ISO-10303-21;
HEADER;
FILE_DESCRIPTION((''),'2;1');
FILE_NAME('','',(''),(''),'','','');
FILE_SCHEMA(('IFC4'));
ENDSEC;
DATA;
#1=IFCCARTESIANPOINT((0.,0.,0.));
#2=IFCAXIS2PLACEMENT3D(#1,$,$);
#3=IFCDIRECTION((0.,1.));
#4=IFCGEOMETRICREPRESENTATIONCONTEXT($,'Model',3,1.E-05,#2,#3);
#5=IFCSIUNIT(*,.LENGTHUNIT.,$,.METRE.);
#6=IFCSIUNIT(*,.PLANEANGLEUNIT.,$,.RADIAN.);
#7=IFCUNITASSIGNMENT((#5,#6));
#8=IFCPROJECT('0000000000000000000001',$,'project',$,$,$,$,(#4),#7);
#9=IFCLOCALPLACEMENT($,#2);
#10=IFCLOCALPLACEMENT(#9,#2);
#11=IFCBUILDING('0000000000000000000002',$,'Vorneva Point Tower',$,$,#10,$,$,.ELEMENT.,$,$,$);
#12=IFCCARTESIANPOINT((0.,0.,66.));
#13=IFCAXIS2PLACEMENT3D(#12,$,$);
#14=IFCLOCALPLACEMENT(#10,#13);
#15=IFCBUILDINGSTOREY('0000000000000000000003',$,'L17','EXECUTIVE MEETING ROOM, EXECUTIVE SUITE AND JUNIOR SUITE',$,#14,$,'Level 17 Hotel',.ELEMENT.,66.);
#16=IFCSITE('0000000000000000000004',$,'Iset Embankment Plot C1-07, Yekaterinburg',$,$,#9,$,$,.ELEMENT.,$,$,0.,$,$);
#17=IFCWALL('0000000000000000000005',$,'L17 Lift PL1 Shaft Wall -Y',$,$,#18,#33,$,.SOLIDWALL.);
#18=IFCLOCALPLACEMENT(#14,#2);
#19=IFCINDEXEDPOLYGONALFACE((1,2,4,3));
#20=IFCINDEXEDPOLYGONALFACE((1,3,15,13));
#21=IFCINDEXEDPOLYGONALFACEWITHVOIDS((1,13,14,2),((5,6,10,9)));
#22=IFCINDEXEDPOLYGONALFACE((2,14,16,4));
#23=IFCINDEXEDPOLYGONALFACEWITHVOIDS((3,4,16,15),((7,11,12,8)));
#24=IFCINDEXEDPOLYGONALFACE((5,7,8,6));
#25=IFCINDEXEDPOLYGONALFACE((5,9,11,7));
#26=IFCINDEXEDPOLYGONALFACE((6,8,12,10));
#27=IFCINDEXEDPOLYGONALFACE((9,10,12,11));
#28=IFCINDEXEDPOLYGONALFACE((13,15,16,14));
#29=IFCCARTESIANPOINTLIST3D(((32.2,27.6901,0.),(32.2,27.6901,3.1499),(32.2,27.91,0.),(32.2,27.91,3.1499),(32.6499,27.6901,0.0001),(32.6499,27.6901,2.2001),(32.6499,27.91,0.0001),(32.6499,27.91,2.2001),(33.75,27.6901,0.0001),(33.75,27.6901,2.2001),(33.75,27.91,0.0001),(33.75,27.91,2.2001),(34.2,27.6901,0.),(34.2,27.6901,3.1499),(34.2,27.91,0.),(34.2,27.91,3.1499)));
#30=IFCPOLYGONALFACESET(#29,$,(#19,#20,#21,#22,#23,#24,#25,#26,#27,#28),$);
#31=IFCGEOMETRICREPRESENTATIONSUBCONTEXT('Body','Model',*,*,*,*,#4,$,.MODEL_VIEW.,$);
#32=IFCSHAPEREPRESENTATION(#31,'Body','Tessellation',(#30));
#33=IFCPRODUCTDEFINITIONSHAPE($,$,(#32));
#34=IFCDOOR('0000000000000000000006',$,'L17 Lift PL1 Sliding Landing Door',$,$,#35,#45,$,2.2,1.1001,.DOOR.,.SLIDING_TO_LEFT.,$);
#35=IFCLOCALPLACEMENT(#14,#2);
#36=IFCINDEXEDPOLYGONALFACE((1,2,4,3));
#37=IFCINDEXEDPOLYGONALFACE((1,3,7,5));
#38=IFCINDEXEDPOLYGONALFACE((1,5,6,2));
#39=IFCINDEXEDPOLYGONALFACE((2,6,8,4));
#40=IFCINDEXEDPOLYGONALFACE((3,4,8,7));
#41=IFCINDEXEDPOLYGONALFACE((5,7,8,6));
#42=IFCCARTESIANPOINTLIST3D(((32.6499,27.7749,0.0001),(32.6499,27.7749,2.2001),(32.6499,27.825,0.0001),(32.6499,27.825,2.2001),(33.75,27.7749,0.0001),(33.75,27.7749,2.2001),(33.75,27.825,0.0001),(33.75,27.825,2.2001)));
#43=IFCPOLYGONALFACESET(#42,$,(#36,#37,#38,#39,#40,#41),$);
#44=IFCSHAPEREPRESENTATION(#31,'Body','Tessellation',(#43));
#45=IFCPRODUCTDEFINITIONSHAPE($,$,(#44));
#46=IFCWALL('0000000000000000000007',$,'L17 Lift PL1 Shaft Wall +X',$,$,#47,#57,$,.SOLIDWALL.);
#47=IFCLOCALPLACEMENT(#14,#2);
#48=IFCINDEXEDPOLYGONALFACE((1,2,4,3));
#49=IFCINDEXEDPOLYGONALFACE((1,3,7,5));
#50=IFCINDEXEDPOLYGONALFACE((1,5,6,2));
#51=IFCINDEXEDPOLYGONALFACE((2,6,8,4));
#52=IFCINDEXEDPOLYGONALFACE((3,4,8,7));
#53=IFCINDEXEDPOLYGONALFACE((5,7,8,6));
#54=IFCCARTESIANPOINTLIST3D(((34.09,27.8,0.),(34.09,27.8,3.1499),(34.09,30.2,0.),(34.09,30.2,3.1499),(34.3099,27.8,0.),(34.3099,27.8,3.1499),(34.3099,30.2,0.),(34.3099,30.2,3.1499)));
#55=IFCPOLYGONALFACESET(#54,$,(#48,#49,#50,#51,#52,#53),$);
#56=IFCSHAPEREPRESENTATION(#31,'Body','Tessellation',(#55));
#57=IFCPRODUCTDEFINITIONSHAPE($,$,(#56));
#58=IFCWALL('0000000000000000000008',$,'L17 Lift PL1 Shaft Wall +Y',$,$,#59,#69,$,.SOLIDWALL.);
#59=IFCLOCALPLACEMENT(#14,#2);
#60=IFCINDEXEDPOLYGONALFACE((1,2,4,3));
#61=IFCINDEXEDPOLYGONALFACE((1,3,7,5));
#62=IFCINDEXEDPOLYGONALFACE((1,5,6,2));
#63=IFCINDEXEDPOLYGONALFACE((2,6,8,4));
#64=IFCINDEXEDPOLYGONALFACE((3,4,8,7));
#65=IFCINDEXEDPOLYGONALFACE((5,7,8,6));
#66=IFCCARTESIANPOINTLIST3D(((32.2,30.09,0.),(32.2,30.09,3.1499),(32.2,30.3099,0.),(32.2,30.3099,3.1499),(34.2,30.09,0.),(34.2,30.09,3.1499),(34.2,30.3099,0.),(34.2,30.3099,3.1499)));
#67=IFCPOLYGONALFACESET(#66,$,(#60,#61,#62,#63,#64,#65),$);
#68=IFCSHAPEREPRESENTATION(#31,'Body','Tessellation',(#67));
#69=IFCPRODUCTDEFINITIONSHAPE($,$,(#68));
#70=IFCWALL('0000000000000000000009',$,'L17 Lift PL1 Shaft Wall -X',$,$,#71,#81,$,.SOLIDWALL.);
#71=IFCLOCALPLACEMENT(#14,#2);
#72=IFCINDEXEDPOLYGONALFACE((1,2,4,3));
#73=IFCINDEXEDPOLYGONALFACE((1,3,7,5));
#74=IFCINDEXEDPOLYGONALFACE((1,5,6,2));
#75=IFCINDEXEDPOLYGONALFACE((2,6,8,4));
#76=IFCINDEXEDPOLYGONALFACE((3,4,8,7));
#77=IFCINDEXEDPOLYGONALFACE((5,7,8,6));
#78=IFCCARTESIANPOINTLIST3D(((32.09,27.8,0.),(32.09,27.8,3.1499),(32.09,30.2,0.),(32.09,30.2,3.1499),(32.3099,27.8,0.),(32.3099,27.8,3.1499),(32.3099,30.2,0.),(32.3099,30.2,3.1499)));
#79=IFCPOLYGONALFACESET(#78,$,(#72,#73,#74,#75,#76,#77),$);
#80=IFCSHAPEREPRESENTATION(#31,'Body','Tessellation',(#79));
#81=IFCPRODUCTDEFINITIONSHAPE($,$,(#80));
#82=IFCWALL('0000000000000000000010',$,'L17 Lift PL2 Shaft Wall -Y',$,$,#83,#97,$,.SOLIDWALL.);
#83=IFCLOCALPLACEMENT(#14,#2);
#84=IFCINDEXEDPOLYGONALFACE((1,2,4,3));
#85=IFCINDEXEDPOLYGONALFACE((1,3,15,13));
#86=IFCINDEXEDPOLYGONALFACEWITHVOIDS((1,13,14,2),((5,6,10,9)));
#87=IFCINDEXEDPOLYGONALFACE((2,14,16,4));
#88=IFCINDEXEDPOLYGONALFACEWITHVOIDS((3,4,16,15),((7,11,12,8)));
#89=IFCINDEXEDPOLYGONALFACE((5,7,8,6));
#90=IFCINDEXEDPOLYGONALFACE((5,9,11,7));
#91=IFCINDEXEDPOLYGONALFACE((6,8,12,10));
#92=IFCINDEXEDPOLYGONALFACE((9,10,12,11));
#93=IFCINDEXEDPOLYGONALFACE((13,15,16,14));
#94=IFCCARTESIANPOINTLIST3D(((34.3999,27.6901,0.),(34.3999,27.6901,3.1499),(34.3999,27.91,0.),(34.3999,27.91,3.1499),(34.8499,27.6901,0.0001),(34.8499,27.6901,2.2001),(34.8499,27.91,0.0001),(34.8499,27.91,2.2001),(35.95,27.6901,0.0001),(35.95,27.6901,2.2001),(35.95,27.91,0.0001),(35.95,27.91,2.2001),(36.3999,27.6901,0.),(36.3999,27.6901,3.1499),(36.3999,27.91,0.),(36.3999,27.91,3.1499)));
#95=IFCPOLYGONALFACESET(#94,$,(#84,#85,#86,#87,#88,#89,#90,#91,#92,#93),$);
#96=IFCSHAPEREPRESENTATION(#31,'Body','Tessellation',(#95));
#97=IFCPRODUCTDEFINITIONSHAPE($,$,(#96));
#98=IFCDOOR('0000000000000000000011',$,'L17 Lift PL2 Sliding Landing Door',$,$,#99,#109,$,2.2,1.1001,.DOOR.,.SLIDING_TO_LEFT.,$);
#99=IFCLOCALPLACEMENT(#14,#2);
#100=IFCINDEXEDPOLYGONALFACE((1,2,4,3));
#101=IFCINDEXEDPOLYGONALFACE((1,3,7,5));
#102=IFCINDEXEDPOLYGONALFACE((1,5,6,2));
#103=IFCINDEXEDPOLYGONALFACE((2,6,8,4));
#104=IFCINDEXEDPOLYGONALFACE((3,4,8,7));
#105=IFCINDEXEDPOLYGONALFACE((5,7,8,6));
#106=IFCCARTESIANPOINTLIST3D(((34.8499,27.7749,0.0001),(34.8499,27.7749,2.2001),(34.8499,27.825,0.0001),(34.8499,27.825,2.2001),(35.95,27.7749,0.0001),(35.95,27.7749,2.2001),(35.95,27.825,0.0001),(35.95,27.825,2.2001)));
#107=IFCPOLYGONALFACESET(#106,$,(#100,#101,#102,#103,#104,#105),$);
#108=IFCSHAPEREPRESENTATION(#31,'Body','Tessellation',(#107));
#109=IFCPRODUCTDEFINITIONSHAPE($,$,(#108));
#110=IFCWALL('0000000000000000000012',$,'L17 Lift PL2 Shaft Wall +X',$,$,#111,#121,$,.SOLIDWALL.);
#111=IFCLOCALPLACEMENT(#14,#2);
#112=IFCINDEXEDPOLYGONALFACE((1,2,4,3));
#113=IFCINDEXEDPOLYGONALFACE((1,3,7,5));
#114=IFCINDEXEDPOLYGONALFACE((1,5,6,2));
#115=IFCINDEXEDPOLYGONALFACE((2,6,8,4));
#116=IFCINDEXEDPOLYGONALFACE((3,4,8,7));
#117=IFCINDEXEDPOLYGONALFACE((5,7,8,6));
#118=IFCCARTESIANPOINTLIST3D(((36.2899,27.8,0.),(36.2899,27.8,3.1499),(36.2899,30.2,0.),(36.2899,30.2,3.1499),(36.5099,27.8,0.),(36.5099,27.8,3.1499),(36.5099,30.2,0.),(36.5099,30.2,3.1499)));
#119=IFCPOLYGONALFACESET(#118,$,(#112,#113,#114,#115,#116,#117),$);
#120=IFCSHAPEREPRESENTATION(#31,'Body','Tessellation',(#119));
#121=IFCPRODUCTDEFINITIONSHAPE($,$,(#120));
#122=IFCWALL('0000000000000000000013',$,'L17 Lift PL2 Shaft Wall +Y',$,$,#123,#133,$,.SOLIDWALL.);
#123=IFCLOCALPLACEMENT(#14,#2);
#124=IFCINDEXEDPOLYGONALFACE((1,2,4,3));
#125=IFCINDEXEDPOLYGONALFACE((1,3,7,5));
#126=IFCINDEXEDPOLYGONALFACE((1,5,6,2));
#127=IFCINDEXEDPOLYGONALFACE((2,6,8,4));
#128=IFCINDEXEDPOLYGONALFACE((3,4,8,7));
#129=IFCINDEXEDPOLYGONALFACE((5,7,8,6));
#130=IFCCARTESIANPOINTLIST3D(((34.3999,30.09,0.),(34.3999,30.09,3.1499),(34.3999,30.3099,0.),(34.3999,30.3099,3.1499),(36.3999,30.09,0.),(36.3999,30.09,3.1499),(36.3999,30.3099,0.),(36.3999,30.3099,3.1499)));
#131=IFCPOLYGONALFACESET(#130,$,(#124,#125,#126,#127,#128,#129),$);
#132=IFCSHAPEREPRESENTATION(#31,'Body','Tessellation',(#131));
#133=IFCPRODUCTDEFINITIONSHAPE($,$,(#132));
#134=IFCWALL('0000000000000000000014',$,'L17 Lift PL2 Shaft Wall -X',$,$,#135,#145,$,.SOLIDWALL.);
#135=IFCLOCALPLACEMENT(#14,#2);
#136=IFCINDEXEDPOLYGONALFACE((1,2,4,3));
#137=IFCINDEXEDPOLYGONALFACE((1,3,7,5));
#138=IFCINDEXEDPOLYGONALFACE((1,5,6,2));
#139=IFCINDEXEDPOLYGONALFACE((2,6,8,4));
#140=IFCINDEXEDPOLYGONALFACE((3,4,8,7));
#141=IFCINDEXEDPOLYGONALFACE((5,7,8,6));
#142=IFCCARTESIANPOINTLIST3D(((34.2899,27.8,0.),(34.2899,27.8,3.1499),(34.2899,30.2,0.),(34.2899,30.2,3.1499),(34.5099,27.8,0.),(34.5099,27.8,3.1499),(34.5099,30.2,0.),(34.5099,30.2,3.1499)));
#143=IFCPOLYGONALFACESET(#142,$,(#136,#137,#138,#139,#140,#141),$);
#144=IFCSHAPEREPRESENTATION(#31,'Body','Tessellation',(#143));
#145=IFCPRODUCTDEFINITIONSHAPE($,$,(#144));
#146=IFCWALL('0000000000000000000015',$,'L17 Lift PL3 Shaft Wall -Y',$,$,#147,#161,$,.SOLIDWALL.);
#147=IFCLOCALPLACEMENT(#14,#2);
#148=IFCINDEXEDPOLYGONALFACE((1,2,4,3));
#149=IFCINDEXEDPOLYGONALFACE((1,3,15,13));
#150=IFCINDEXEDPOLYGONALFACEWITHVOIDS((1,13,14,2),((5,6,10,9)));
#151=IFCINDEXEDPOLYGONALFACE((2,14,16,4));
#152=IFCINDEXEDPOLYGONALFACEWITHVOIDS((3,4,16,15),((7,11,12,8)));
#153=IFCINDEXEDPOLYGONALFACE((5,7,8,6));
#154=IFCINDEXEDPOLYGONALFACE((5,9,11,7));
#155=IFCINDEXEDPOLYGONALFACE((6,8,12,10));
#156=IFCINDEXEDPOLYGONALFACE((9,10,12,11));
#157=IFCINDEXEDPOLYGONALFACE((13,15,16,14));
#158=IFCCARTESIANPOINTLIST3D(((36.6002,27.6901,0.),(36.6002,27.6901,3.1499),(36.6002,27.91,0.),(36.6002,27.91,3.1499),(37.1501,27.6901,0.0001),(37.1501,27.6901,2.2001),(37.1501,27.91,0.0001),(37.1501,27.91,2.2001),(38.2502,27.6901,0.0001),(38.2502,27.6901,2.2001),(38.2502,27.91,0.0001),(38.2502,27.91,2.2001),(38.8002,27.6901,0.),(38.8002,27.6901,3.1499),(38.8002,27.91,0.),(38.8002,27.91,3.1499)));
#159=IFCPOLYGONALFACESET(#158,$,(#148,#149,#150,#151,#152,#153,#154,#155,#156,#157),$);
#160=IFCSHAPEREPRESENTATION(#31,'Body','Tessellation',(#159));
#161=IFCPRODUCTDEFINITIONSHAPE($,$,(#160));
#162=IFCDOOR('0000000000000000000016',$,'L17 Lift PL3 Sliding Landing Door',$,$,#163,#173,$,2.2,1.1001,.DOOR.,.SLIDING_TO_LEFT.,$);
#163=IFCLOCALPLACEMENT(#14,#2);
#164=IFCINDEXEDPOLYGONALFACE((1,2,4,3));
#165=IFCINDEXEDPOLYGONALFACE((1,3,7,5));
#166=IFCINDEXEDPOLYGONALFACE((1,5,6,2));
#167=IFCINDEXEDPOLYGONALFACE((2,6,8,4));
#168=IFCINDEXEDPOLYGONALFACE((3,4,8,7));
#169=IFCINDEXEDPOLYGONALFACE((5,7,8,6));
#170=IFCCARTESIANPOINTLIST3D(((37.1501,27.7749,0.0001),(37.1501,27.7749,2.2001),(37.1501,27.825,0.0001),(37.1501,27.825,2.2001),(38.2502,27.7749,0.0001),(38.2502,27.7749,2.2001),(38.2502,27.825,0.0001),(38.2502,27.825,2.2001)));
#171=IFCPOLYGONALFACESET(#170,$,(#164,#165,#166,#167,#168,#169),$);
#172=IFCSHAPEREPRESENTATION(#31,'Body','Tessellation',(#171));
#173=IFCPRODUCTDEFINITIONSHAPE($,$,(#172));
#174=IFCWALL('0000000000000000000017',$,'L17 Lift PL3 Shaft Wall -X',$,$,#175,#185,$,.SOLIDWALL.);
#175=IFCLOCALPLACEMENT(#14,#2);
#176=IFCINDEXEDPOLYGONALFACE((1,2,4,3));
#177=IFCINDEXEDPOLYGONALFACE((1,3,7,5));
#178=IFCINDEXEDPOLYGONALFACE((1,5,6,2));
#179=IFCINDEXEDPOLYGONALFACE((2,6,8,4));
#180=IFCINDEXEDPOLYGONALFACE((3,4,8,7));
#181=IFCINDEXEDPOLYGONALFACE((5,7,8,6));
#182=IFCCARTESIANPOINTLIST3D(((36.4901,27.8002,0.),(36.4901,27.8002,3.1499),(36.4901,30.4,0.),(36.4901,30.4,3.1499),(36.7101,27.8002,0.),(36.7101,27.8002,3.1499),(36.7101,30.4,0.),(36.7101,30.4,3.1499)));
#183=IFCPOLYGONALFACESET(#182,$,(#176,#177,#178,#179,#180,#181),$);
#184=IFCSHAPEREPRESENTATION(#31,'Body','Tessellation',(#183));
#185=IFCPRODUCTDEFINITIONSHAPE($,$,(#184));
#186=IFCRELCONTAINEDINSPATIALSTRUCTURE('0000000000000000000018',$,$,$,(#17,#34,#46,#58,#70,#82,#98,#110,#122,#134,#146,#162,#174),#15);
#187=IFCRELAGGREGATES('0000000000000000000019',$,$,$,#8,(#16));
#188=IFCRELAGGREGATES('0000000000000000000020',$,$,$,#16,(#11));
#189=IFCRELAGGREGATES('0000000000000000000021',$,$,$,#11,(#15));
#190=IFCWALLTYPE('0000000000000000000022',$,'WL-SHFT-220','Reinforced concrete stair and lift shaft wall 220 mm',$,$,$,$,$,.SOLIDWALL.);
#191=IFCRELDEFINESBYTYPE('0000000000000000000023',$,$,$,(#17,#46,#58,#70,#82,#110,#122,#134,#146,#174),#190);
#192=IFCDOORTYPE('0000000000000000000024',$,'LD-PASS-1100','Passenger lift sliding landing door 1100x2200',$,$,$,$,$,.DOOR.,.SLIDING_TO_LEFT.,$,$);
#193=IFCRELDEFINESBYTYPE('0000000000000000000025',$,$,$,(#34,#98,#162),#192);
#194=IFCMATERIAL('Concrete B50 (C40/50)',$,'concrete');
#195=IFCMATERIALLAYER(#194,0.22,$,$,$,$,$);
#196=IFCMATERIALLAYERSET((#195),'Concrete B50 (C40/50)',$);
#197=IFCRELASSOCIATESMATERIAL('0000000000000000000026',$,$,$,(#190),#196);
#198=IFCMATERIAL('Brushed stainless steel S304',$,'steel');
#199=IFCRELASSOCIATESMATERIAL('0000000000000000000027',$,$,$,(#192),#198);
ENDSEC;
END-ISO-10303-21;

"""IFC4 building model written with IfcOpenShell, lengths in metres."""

from ifc_helpers import new_model, si_unit, direction, frame, frame_2d, origin, place, context, subcontext, project, spatial, rectangle, extrude, material, layer, layer_set, type_object, element, fill, save


model = new_model("IFC4")

# Units and contexts
model_context = context("Model", 3, precision=1e-05, world=origin(), true_north=direction((0.0, 1.0)))
body_context = subcontext(model_context, "Body", "Model", "MODEL_VIEW")
ifc_project = project(units=[si_unit("LENGTHUNIT", "METRE"), si_unit("PLANEANGLEUNIT", "RADIAN")], contexts=[model_context])

# Site, building, storey
site_placement = place(None, origin())
site = spatial("IfcSite", under=ifc_project, at=site_placement, Name="Iset Embankment Plot C1-07, Yekaterinburg", CompositionType="ELEMENT", RefElevation=0.0)
building_placement = place(site_placement, origin())
building = spatial("IfcBuilding", under=site, at=building_placement, Name="Vorneva Point Tower", CompositionType="ELEMENT")
storey_placement = place(building_placement, frame((0.0, 0.0, 66.0)))
storey = spatial("IfcBuildingStorey", under=building, at=storey_placement, Name="L17", Description="EXECUTIVE MEETING ROOM, EXECUTIVE SUITE AND JUNIOR SUITE", LongName="Level 17 Hotel", CompositionType="ELEMENT", Elevation=66.0)

# Shared definitions
ifc_material_1 = material(Name="Brushed stainless steel S304", Category="steel")

# Wall, opening, door
ifc_material_2 = material(Name="Concrete B50 (C40/50)", Category="concrete")
ifc_layer_1 = layer(ifc_material_2, 0.22)
ifc_layer_set_1 = layer_set([ifc_layer_1], Name="Concrete B50 (C40/50)")
wall_type_1 = type_object("IfcWallType", Name="WL-SHFT-220", Description="Reinforced concrete stair and lift shaft wall 220 mm", PredefinedType="SOLIDWALL", material=ifc_layer_set_1)
wall_1_placement = place(storey_placement, frame((32.2, 27.8, 0.0), z_axis=(0.0, 0.0, 1.0), x_axis=(1.0, 0.0, 0.0)))
wall_1 = element("IfcWall", 1, at=wall_1_placement, inside=storey, type_object=wall_type_1, Name="L17 Lift PL1 Shaft Wall -Y", PredefinedType="SOLIDWALL", context=body_context, shape_type="SweptSolid", body=[
    extrude(rectangle(XDim=2.0, YDim=0.22, at=frame_2d((1.0, 0.0))), origin(), (0.0, 0.0, 1.0), 3.1499),
])
opening_1_placement = place(wall_1_placement, frame((0.45, 0.0, 0.0)))
opening_1 = element("IfcOpeningElement", 2, at=opening_1_placement, cuts=wall_1, PredefinedType="OPENING", context=body_context, shape_type="SweptSolid", body=[
    extrude(rectangle(XDim=1.1001, YDim=2.2, at=frame_2d((0.55, 1.1001))), frame((0.0, 0.125, 0.0), z_axis=(0.0, -1.0, 0.0), x_axis=(1.0, 0.0, 0.0)), (0.0, 0.0, 1.0), 0.2498),
])
door_type_1 = type_object("IfcDoorType", Name="LD-PASS-1100", Description="Passenger lift sliding landing door 1100x2200", OperationType="SLIDING_TO_LEFT", PredefinedType="DOOR", material=ifc_material_1)
door_1_placement = place(opening_1_placement, origin())
door_1 = element("IfcDoor", 3, at=door_1_placement, inside=storey, type_object=door_type_1, Name="L17 Lift PL1 Sliding Landing Door", OperationType="SLIDING_TO_LEFT", OverallHeight=2.2, OverallWidth=1.1001, PredefinedType="DOOR", context=body_context, shape_type="SweptSolid", body=[
    extrude(rectangle(XDim=1.1001, YDim=2.2, at=frame_2d((0.55, 1.1001))), frame((0.0, 0.0249, 0.0), z_axis=(0.0, -1.0, 0.0), x_axis=(1.0, 0.0, 0.0)), (0.0, 0.0, 1.0), 0.05),
])
fill(opening_1, door_1)

# Walls
wall_2_placement = place(storey_placement, frame((34.2, 27.8, 0.0), z_axis=(0.0, 0.0, 1.0), x_axis=(0.0, 1.0, 0.0)))
element("IfcWall", 4, at=wall_2_placement, inside=storey, type_object=wall_type_1, Name="L17 Lift PL1 Shaft Wall +X", PredefinedType="SOLIDWALL", context=body_context, shape_type="SweptSolid", body=[
    extrude(rectangle(XDim=2.3999, YDim=0.22, at=frame_2d((1.2, 0.0))), origin(), (0.0, 0.0, 1.0), 3.1499),
])
wall_3_placement = place(storey_placement, frame((34.2, 30.2, 0.0), z_axis=(0.0, 0.0, 1.0), x_axis=(-1.0, 0.0, 0.0)))
element("IfcWall", 5, at=wall_3_placement, inside=storey, type_object=wall_type_1, Name="L17 Lift PL1 Shaft Wall +Y", PredefinedType="SOLIDWALL", context=body_context, shape_type="SweptSolid", body=[
    extrude(rectangle(XDim=2.0, YDim=0.22, at=frame_2d((1.0, 0.0))), origin(), (0.0, 0.0, 1.0), 3.1499),
])
wall_4_placement = place(storey_placement, frame((32.2, 30.2, 0.0), z_axis=(0.0, 0.0, 1.0), x_axis=(0.0, -1.0, 0.0)))
element("IfcWall", 6, at=wall_4_placement, inside=storey, type_object=wall_type_1, Name="L17 Lift PL1 Shaft Wall -X", PredefinedType="SOLIDWALL", context=body_context, shape_type="SweptSolid", body=[
    extrude(rectangle(XDim=2.3999, YDim=0.22, at=frame_2d((1.2, 0.0))), origin(), (0.0, 0.0, 1.0), 3.1499),
])

# Wall, opening, door
wall_5_placement = place(storey_placement, frame((34.3999, 27.8, 0.0), z_axis=(0.0, 0.0, 1.0), x_axis=(1.0, 0.0, 0.0)))
wall_5 = element("IfcWall", 7, at=wall_5_placement, inside=storey, type_object=wall_type_1, Name="L17 Lift PL2 Shaft Wall -Y", PredefinedType="SOLIDWALL", context=body_context, shape_type="SweptSolid", body=[
    extrude(rectangle(XDim=2.0, YDim=0.22, at=frame_2d((1.0, 0.0))), origin(), (0.0, 0.0, 1.0), 3.1499),
])
opening_2_placement = place(wall_5_placement, frame((0.45, 0.0, 0.0)))
opening_2 = element("IfcOpeningElement", 8, at=opening_2_placement, cuts=wall_5, PredefinedType="OPENING", context=body_context, shape_type="SweptSolid", body=[
    extrude(rectangle(XDim=1.1001, YDim=2.2, at=frame_2d((0.55, 1.1001))), frame((0.0, 0.125, 0.0), z_axis=(0.0, -1.0, 0.0), x_axis=(1.0, 0.0, 0.0)), (0.0, 0.0, 1.0), 0.2498),
])
door_2_placement = place(opening_2_placement, origin())
door_2 = element("IfcDoor", 9, at=door_2_placement, inside=storey, type_object=door_type_1, Name="L17 Lift PL2 Sliding Landing Door", OperationType="SLIDING_TO_LEFT", OverallHeight=2.2, OverallWidth=1.1001, PredefinedType="DOOR", context=body_context, shape_type="SweptSolid", body=[
    extrude(rectangle(XDim=1.1001, YDim=2.2, at=frame_2d((0.55, 1.1001))), frame((0.0, 0.0249, 0.0), z_axis=(0.0, -1.0, 0.0), x_axis=(1.0, 0.0, 0.0)), (0.0, 0.0, 1.0), 0.05),
])
fill(opening_2, door_2)

# Walls
wall_6_placement = place(storey_placement, frame((36.3999, 27.8, 0.0), z_axis=(0.0, 0.0, 1.0), x_axis=(0.0, 1.0, 0.0)))
element("IfcWall", 10, at=wall_6_placement, inside=storey, type_object=wall_type_1, Name="L17 Lift PL2 Shaft Wall +X", PredefinedType="SOLIDWALL", context=body_context, shape_type="SweptSolid", body=[
    extrude(rectangle(XDim=2.3999, YDim=0.22, at=frame_2d((1.2, 0.0))), origin(), (0.0, 0.0, 1.0), 3.1499),
])
wall_7_placement = place(storey_placement, frame((36.3999, 30.2, 0.0), z_axis=(0.0, 0.0, 1.0), x_axis=(-1.0, 0.0, 0.0)))
element("IfcWall", 11, at=wall_7_placement, inside=storey, type_object=wall_type_1, Name="L17 Lift PL2 Shaft Wall +Y", PredefinedType="SOLIDWALL", context=body_context, shape_type="SweptSolid", body=[
    extrude(rectangle(XDim=2.0, YDim=0.22, at=frame_2d((1.0, 0.0))), origin(), (0.0, 0.0, 1.0), 3.1499),
])
wall_8_placement = place(storey_placement, frame((34.3999, 30.2, 0.0), z_axis=(0.0, 0.0, 1.0), x_axis=(0.0, -1.0, 0.0)))
element("IfcWall", 12, at=wall_8_placement, inside=storey, type_object=wall_type_1, Name="L17 Lift PL2 Shaft Wall -X", PredefinedType="SOLIDWALL", context=body_context, shape_type="SweptSolid", body=[
    extrude(rectangle(XDim=2.3999, YDim=0.22, at=frame_2d((1.2, 0.0))), origin(), (0.0, 0.0, 1.0), 3.1499),
])

# Wall, opening, door
wall_9_placement = place(storey_placement, frame((36.6001, 27.8, 0.0), z_axis=(0.0, 0.0, 1.0), x_axis=(1.0, 0.0, 0.0)))
wall_9 = element("IfcWall", 13, at=wall_9_placement, inside=storey, type_object=wall_type_1, Name="L17 Lift PL3 Shaft Wall -Y", PredefinedType="SOLIDWALL", context=body_context, shape_type="SweptSolid", body=[
    extrude(rectangle(XDim=2.2, YDim=0.22, at=frame_2d((1.1001, 0.0))), origin(), (0.0, 0.0, 1.0), 3.1499),
])
opening_3_placement = place(wall_9_placement, frame((0.55, 0.0, 0.0)))
opening_3 = element("IfcOpeningElement", 14, at=opening_3_placement, cuts=wall_9, PredefinedType="OPENING", context=body_context, shape_type="SweptSolid", body=[
    extrude(rectangle(XDim=1.1001, YDim=2.2, at=frame_2d((0.55, 1.1001))), frame((0.0, 0.125, 0.0), z_axis=(0.0, -1.0, 0.0), x_axis=(1.0, 0.0, 0.0)), (0.0, 0.0, 1.0), 0.2498),
])
door_3_placement = place(opening_3_placement, origin())
door_3 = element("IfcDoor", 15, at=door_3_placement, inside=storey, type_object=door_type_1, Name="L17 Lift PL3 Sliding Landing Door", OperationType="SLIDING_TO_LEFT", OverallHeight=2.2, OverallWidth=1.1001, PredefinedType="DOOR", context=body_context, shape_type="SweptSolid", body=[
    extrude(rectangle(XDim=1.1001, YDim=2.2, at=frame_2d((0.55, 1.1001))), frame((0.0, 0.0249, 0.0), z_axis=(0.0, -1.0, 0.0), x_axis=(1.0, 0.0, 0.0)), (0.0, 0.0, 1.0), 0.05),
])
fill(opening_3, door_3)

# Wall
wall_10_placement = place(storey_placement, frame((36.6001, 30.3999, 0.0), z_axis=(0.0, 0.0, 1.0), x_axis=(0.0, -1.0, 0.0)))
element("IfcWall", 16, at=wall_10_placement, inside=storey, type_object=wall_type_1, Name="L17 Lift PL3 Shaft Wall -X", PredefinedType="SOLIDWALL", context=body_context, shape_type="SweptSolid", body=[
    extrude(rectangle(XDim=2.5999, YDim=0.22, at=frame_2d((1.2998, 0.0))), origin(), (0.0, 0.0, 1.0), 3.1499),
])

save(model, "model.ifc")
